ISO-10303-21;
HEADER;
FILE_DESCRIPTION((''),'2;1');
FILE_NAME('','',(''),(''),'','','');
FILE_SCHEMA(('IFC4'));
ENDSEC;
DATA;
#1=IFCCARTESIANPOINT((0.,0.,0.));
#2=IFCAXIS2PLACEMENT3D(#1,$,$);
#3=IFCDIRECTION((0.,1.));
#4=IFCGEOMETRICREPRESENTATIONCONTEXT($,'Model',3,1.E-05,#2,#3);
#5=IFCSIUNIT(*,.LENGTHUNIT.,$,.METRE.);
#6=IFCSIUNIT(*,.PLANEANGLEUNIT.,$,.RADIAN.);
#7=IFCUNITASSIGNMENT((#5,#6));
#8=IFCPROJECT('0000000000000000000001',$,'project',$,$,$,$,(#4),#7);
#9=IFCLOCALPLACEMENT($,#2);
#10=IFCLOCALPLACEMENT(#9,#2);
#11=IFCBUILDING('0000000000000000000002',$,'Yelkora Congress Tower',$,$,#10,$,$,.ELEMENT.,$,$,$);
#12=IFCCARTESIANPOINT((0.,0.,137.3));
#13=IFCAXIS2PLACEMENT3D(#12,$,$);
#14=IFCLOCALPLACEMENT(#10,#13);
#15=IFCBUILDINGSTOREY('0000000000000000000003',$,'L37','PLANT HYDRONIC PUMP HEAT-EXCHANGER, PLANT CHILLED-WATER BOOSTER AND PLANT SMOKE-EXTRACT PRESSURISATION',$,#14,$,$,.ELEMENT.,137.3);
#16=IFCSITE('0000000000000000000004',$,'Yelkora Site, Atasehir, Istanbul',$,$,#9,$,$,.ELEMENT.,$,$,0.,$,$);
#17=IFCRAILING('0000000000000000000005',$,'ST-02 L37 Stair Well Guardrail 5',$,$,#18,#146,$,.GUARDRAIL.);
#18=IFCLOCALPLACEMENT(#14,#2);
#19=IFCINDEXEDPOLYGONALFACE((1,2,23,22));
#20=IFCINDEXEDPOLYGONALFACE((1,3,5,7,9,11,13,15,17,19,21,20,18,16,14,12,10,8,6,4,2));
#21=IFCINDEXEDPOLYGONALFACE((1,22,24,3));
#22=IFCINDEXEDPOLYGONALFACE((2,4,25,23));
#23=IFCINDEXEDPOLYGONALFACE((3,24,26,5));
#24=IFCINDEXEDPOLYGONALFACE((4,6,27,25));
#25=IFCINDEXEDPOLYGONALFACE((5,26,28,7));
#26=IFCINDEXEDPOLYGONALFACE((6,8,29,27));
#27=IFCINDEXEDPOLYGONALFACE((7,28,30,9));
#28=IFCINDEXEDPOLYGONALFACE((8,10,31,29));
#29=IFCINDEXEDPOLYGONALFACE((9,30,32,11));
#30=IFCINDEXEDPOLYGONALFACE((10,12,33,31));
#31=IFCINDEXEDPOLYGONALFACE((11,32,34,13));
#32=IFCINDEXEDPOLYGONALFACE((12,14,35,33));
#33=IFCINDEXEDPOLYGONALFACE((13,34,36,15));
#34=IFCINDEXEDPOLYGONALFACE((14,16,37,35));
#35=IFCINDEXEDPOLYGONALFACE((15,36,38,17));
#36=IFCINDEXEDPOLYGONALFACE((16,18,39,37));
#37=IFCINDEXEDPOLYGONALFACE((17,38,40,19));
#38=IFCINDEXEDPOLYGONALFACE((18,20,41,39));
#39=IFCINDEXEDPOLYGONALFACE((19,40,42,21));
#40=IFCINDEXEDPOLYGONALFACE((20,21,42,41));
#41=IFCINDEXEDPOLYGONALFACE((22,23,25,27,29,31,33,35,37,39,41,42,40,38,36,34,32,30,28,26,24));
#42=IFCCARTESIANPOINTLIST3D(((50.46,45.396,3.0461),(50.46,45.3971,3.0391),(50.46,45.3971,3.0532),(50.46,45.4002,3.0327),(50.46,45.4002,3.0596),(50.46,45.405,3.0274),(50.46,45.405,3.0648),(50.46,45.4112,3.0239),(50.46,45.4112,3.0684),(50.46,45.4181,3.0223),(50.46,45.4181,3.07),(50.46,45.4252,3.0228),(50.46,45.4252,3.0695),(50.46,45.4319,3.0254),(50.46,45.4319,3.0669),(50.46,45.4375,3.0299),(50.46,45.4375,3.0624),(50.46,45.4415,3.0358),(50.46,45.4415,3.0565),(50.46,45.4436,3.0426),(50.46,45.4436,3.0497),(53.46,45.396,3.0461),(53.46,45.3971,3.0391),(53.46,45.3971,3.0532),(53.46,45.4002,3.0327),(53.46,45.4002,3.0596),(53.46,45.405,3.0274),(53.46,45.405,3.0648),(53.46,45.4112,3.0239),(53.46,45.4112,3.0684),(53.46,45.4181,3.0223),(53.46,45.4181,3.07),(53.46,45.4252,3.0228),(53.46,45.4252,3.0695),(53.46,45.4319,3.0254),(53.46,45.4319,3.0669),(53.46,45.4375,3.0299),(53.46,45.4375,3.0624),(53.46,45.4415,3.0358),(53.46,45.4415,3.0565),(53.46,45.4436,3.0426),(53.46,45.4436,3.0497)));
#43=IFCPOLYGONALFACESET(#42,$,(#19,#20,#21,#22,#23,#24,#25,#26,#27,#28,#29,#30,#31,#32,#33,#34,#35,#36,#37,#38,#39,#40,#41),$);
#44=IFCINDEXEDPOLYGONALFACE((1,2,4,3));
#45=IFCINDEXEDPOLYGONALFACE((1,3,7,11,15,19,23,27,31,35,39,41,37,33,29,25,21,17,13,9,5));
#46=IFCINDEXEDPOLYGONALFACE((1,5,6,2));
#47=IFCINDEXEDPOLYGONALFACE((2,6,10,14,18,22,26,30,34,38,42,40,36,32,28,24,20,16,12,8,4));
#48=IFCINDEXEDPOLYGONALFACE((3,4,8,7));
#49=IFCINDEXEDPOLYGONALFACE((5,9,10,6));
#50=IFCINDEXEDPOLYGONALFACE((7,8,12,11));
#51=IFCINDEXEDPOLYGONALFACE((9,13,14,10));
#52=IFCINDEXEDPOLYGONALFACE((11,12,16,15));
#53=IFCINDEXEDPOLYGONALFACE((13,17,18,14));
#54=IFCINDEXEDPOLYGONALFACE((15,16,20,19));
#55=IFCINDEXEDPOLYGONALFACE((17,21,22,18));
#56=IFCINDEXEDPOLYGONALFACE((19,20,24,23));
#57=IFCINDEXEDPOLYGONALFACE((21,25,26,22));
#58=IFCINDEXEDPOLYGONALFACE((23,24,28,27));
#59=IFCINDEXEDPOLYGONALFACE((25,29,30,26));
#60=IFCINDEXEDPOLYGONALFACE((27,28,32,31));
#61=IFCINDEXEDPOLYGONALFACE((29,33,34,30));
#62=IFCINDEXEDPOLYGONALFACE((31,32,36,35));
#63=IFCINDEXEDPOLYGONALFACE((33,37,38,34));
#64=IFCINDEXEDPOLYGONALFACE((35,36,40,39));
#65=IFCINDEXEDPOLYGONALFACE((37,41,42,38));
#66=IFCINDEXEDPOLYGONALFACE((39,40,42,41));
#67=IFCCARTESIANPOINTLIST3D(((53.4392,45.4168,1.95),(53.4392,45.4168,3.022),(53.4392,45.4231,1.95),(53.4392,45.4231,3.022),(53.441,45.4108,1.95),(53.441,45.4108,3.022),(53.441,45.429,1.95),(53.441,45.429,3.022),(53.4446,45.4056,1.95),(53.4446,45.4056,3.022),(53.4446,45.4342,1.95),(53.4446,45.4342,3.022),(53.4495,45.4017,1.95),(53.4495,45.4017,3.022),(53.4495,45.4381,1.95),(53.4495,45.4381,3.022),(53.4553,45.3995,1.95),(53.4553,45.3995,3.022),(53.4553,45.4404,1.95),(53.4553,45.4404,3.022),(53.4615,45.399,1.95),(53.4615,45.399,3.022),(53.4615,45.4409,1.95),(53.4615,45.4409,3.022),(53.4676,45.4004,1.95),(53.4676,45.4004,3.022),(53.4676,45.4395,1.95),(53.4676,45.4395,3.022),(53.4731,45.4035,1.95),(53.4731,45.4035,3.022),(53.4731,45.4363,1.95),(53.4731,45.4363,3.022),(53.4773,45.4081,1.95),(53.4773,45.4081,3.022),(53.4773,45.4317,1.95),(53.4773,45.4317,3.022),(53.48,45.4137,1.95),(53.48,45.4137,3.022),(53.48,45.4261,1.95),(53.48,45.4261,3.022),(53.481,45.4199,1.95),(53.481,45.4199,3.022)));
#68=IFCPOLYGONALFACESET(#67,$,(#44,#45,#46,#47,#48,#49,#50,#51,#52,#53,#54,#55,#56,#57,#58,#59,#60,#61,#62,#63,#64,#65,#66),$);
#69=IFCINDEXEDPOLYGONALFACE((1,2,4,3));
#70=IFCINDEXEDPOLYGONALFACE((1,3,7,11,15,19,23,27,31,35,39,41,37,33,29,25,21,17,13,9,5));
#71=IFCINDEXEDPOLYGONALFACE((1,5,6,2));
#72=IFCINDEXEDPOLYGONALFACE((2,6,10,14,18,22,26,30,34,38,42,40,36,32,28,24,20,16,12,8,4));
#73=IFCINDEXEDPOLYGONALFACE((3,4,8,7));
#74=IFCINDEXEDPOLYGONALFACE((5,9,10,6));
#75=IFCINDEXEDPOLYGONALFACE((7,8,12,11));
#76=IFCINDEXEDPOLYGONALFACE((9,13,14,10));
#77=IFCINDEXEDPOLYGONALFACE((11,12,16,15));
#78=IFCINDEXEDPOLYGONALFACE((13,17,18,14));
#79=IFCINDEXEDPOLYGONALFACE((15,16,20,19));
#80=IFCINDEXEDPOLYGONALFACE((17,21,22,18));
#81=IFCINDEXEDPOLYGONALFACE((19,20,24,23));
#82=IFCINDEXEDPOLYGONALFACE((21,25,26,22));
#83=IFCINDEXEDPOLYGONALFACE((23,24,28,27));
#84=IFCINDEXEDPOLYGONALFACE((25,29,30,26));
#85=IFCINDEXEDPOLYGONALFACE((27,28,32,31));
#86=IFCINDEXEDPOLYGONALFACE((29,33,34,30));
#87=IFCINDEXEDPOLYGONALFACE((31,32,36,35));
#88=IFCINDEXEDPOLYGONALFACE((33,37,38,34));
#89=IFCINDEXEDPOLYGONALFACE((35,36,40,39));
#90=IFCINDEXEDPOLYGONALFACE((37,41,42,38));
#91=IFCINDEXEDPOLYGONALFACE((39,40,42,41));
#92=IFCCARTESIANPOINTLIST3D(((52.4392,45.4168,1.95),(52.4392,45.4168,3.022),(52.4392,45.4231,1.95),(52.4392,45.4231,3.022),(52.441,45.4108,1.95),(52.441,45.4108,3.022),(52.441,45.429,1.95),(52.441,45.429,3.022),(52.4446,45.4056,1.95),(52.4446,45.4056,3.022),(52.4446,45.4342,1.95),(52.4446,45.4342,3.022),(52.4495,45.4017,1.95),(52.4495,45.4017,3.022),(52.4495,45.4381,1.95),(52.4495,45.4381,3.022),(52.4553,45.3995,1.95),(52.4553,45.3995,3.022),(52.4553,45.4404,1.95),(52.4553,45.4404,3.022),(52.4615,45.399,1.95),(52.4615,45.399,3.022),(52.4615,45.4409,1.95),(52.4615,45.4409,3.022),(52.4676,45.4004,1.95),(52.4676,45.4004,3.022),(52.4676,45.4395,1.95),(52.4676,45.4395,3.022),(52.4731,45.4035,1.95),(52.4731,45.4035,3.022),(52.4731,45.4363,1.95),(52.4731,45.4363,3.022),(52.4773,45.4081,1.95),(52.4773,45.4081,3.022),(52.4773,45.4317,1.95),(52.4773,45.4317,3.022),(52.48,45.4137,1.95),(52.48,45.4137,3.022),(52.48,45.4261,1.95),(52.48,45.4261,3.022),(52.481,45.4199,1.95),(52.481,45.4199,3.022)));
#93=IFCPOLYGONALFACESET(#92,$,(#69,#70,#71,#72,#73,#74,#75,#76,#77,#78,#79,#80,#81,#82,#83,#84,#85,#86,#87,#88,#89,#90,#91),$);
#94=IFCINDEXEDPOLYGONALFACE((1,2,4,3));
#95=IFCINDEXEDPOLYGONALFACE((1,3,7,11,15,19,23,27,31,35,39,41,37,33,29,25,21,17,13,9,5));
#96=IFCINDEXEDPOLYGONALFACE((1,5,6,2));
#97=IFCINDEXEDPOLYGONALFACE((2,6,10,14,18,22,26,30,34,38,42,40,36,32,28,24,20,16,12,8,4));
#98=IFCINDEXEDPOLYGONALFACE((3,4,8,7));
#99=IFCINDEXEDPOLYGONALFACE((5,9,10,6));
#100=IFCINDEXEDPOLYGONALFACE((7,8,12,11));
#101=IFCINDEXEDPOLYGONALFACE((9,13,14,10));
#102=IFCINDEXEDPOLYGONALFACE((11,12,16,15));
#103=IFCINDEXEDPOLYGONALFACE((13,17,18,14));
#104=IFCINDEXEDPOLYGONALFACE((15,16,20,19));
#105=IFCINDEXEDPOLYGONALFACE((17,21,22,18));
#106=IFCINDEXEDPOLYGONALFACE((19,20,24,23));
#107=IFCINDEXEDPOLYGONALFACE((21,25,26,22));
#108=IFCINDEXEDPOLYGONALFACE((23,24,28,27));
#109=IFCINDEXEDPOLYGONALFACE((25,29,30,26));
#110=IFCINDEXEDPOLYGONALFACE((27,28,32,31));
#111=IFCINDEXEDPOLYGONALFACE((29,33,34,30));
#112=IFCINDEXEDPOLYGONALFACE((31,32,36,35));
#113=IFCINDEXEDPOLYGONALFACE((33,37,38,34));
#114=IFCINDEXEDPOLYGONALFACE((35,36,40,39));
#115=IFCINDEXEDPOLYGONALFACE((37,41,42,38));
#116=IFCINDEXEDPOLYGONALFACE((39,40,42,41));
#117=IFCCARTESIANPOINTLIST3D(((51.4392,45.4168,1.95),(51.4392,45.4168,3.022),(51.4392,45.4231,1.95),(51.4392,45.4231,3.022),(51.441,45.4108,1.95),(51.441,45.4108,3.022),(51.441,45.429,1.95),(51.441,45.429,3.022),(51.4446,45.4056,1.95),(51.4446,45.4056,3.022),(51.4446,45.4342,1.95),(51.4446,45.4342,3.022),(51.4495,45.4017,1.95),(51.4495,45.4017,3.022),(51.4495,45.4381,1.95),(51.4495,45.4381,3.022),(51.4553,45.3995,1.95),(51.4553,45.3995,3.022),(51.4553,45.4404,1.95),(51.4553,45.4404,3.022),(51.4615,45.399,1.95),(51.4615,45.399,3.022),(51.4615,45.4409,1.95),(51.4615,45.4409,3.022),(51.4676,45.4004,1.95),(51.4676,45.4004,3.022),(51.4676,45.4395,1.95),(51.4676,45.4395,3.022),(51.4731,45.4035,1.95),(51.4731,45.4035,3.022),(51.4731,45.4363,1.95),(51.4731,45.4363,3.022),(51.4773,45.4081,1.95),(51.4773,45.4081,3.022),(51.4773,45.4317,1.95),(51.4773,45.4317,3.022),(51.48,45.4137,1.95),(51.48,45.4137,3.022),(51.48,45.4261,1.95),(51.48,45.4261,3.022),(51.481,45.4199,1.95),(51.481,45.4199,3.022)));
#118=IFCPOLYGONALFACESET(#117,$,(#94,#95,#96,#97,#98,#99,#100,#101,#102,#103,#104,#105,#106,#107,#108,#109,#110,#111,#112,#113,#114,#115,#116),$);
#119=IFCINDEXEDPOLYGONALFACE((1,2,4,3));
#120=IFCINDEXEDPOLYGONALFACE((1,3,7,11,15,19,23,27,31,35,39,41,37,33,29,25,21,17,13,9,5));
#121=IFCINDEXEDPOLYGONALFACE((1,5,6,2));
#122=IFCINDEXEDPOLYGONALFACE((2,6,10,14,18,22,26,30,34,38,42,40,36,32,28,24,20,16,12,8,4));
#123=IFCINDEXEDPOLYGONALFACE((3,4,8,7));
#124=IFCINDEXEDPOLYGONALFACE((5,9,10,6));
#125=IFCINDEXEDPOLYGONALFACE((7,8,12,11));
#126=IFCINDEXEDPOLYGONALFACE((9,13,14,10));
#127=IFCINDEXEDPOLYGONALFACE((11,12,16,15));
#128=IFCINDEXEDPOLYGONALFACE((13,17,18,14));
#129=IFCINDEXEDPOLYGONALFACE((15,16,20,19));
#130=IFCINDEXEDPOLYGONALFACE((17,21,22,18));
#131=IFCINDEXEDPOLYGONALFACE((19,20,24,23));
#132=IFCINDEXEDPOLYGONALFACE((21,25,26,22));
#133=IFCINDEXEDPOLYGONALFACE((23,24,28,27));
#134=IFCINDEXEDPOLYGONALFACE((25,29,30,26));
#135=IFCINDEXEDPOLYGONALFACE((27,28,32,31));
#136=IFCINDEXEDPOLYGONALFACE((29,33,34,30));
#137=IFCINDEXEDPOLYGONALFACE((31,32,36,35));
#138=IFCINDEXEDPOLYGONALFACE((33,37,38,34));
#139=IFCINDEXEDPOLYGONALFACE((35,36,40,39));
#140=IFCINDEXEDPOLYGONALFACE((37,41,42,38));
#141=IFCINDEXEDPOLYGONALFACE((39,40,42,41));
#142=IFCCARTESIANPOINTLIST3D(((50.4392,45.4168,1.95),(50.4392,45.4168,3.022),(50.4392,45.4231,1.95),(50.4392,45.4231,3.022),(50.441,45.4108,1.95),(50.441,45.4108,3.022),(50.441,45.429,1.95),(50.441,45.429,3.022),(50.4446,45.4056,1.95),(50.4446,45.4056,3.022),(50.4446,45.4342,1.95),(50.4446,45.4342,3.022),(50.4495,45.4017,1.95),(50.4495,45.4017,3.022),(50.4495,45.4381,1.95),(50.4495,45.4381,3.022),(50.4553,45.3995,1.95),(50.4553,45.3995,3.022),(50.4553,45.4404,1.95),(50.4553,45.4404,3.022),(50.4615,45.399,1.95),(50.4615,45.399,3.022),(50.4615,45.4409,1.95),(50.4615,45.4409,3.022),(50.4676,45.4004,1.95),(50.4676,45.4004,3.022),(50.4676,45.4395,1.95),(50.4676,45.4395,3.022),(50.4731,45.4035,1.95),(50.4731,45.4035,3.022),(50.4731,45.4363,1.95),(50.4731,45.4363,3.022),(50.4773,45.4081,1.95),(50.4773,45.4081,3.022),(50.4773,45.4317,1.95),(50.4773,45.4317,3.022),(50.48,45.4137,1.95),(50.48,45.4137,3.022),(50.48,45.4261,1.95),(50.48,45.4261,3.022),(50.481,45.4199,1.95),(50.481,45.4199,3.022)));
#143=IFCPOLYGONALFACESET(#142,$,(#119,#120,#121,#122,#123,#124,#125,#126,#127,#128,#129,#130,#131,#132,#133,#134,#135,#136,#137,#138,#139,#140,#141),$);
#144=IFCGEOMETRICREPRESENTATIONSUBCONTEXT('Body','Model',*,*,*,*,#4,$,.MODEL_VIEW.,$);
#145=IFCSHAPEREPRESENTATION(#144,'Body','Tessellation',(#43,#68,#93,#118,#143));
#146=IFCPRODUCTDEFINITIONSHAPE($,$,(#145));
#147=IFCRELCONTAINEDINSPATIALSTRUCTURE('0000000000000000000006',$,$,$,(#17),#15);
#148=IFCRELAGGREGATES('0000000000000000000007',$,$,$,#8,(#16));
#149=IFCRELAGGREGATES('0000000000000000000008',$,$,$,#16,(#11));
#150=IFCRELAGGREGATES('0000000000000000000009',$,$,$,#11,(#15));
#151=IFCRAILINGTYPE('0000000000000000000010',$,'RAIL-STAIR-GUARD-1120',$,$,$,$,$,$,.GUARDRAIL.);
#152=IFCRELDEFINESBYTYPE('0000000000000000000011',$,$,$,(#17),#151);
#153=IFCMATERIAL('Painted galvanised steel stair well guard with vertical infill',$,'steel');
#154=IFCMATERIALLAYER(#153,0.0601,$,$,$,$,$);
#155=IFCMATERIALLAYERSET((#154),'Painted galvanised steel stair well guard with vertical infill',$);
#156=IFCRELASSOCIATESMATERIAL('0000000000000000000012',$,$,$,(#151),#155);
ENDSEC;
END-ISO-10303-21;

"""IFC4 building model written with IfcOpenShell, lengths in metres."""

from ifc_helpers import new_model, si_unit, direction, frame, origin, origin_2d, place, context, subcontext, project, spatial, circle, extrude, material, layer, layer_set, type_object, element, save


model = new_model("IFC4")

# Units and contexts
model_context = context("Model", 3, precision=1e-05, world=origin(), true_north=direction((0.0, 1.0)))
body_context = subcontext(model_context, "Body", "Model", "MODEL_VIEW")
ifc_project = project(units=[si_unit("LENGTHUNIT", "METRE"), si_unit("PLANEANGLEUNIT", "RADIAN")], contexts=[model_context])

# Site, building, storey
site_placement = place(None, origin())
site = spatial("IfcSite", under=ifc_project, at=site_placement, Name="Yelkora Site, Atasehir, Istanbul", CompositionType="ELEMENT", RefElevation=0.0)
building_placement = place(site_placement, origin())
building = spatial("IfcBuilding", under=site, at=building_placement, Name="Yelkora Congress Tower", CompositionType="ELEMENT")
storey_placement = place(building_placement, frame((0.0, 0.0, 137.3)))
storey = spatial("IfcBuildingStorey", under=building, at=storey_placement, Name="L37", Description="PLANT HYDRONIC PUMP HEAT-EXCHANGER, PLANT CHILLED-WATER BOOSTER AND PLANT SMOKE-EXTRACT PRESSURISATION", CompositionType="ELEMENT", Elevation=137.3)

# Railing
ifc_material_1 = material(Name="Painted galvanised steel stair well guard with vertical infill", Category="steel")
ifc_layer_1 = layer(ifc_material_1, 0.0601)
ifc_layer_set_1 = layer_set([ifc_layer_1], Name="Painted galvanised steel stair well guard with vertical infill")
railing_type_1 = type_object("IfcRailingType", Name="RAIL-STAIR-GUARD-1120", PredefinedType="GUARDRAIL", material=ifc_layer_set_1)
railing_1_placement = place(storey_placement, frame((53.46, 45.4199, 1.95)))
element("IfcRailing", 1, at=railing_1_placement, inside=storey, type_object=railing_type_1, Name="ST-02 L37 Stair Well Guardrail 5", PredefinedType="GUARDRAIL", context=body_context, shape_type="SweptSolid", body=[
    extrude(circle(Radius=0.0239, at=origin_2d()), frame((0.0, 0.0, 1.0962), z_axis=(-1.0, 0.0, 0.0), x_axis=(0.0, -1.0, 0.0)), (0.0, 0.0, 1.0), 3.0),
    extrude(circle(Radius=0.021, at=origin_2d()), origin(), (0.0, 0.0, 1.0), 1.072),
    extrude(circle(Radius=0.021, at=origin_2d()), frame((-1.0, 0.0, 0.0)), (0.0, 0.0, 1.0), 1.072),
    extrude(circle(Radius=0.021, at=origin_2d()), frame((-2.0, 0.0, 0.0)), (0.0, 0.0, 1.0), 1.072),
    extrude(circle(Radius=0.021, at=origin_2d()), frame((-3.0, 0.0, 0.0)), (0.0, 0.0, 1.0), 1.072),
])

save(model, "model.ifc")
